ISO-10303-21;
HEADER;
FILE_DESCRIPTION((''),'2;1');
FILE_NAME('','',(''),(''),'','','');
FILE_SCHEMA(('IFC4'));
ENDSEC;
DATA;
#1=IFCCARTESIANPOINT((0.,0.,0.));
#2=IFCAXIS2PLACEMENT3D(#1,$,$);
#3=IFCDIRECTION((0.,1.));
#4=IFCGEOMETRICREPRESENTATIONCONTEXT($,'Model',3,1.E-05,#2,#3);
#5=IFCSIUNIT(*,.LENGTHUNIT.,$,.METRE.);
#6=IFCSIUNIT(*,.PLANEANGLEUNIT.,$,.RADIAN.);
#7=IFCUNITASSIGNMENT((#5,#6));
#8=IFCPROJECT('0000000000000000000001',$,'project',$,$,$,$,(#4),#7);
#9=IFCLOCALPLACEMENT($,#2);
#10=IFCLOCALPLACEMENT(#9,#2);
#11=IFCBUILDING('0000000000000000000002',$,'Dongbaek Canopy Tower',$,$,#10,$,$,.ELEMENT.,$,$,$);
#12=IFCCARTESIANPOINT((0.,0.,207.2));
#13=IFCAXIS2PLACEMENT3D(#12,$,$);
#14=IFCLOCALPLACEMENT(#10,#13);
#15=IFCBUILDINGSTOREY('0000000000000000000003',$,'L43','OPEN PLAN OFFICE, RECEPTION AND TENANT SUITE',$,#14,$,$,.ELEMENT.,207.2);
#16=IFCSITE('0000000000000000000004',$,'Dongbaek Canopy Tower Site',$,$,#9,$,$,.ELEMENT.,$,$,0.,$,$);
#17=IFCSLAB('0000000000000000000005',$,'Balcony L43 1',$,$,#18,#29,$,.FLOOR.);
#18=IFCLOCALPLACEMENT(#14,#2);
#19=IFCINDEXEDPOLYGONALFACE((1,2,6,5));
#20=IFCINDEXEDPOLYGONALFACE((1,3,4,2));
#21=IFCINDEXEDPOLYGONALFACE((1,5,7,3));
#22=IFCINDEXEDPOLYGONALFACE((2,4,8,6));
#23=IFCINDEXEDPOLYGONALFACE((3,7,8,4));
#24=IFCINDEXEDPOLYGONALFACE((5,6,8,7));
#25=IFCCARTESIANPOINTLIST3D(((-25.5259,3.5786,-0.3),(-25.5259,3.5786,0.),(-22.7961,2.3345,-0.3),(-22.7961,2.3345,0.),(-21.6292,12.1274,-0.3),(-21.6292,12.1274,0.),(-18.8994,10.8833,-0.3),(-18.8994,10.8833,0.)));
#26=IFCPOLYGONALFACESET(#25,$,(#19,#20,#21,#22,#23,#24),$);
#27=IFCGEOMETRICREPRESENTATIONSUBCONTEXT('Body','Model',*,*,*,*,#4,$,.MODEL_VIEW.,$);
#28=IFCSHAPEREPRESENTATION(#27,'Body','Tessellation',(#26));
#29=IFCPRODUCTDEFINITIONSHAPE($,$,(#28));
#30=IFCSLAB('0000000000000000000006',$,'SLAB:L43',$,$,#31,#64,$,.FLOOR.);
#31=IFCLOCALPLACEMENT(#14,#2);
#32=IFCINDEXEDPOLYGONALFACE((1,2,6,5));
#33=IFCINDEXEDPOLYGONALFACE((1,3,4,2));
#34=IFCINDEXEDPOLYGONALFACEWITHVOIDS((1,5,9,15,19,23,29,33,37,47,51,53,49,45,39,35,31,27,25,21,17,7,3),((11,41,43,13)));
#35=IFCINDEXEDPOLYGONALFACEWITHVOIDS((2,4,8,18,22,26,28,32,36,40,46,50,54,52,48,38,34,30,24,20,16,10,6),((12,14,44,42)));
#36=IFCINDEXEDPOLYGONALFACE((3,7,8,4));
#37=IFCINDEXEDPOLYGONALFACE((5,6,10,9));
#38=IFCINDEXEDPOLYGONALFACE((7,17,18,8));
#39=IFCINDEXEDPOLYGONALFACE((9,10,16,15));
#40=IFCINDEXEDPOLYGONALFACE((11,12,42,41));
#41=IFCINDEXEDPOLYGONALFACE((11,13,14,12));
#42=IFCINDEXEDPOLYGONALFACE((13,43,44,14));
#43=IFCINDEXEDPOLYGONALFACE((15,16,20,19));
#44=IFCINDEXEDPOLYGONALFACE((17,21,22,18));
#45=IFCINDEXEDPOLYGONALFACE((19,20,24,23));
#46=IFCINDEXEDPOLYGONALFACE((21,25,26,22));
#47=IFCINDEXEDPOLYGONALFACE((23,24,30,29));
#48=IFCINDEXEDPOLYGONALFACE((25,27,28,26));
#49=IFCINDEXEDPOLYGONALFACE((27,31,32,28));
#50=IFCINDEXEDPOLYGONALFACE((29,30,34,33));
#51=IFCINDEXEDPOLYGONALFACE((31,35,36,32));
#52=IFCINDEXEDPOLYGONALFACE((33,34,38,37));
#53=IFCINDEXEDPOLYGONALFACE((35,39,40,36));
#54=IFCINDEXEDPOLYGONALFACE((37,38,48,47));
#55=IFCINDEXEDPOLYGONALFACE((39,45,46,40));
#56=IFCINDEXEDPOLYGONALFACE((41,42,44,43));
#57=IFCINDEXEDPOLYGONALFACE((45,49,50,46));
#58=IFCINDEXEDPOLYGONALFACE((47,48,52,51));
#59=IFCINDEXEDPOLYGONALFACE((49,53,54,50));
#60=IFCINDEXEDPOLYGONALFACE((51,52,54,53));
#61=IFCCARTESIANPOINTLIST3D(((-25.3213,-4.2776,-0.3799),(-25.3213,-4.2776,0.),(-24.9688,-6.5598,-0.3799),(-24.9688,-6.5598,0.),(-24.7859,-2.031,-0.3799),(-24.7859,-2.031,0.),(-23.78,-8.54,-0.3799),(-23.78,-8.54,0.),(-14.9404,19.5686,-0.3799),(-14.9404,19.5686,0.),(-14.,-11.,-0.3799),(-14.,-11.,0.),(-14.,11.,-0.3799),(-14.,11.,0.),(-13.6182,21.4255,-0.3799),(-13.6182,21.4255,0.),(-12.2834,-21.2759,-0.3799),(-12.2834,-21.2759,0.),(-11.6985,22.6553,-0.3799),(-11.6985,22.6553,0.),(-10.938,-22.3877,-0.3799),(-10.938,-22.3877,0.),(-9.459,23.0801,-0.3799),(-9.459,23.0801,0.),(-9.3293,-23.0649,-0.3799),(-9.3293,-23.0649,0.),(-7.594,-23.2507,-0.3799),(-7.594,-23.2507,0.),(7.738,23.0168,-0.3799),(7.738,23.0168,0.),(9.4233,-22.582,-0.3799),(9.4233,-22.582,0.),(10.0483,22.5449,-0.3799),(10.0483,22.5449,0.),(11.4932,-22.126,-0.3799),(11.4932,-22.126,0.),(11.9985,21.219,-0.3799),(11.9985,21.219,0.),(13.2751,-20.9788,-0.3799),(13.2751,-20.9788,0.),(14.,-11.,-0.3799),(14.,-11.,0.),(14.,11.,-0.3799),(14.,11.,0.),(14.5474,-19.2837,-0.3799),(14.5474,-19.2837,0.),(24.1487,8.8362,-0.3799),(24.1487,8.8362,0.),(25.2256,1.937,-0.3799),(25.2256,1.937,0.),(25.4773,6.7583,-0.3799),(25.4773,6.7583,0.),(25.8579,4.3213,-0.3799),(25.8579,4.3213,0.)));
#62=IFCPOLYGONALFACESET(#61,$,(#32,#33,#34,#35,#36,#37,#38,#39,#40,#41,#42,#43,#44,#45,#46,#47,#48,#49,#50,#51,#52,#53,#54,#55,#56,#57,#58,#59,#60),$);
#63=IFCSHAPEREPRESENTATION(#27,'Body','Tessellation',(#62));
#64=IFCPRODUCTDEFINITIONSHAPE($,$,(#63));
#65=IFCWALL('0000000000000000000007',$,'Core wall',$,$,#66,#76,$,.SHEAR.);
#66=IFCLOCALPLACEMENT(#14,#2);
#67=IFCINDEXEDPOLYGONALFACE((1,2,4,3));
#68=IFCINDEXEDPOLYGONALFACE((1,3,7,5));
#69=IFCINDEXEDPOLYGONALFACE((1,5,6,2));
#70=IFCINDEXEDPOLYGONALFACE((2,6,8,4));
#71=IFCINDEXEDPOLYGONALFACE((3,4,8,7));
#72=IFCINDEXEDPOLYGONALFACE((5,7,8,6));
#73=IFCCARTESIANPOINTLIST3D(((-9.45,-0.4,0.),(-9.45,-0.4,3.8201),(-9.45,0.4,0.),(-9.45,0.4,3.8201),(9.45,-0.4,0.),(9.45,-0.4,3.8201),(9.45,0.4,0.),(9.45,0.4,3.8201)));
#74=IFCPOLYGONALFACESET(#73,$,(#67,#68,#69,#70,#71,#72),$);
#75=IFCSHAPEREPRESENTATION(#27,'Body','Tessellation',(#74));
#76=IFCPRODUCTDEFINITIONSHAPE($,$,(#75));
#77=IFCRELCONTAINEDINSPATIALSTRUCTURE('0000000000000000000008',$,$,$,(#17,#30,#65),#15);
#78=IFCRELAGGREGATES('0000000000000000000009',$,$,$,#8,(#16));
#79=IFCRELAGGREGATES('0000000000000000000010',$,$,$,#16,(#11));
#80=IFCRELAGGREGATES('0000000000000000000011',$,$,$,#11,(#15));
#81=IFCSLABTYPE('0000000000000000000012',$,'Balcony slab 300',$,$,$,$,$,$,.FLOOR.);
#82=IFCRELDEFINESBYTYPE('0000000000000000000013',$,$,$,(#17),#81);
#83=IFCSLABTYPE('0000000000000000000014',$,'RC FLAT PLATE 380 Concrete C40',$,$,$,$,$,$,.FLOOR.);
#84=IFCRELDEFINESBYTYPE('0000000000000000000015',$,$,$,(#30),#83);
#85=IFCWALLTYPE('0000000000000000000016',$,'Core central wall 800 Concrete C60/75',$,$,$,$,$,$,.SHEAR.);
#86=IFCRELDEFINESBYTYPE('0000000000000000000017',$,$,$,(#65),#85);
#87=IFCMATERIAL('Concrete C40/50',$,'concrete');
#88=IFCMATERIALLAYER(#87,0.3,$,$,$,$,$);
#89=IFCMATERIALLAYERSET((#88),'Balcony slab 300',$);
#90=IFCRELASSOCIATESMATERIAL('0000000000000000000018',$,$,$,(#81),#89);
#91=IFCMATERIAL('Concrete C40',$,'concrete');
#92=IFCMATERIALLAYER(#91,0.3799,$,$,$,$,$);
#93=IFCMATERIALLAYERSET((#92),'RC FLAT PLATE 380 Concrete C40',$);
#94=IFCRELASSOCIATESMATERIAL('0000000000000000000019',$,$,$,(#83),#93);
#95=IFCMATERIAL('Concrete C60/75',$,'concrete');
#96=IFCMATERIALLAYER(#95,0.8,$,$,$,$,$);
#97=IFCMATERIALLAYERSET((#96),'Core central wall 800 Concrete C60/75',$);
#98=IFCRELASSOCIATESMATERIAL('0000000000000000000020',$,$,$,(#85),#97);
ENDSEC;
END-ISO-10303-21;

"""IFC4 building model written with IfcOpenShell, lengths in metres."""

from ifc_helpers import new_model, si_unit, direction, frame, frame_2d, origin, place, context, subcontext, project, spatial, polyline, rectangle, outline, extrude, material, layer, layer_set, type_object, element, save


model = new_model("IFC4")

# Units and contexts
model_context = context("Model", 3, precision=1e-05, world=origin(), true_north=direction((0.0, 1.0)))
body_context = subcontext(model_context, "Body", "Model", "MODEL_VIEW")
ifc_project = project(units=[si_unit("LENGTHUNIT", "METRE"), si_unit("PLANEANGLEUNIT", "RADIAN")], contexts=[model_context])

# Site, building, storey
site_placement = place(None, origin())
site = spatial("IfcSite", under=ifc_project, at=site_placement, Name="Dongbaek Canopy Tower Site", CompositionType="ELEMENT", RefElevation=0.0)
building_placement = place(site_placement, origin())
building = spatial("IfcBuilding", under=site, at=building_placement, Name="Dongbaek Canopy Tower", CompositionType="ELEMENT")
storey_placement = place(building_placement, frame((0.0, 0.0, 207.2)))
storey = spatial("IfcBuildingStorey", under=building, at=storey_placement, Name="L43", Description="OPEN PLAN OFFICE, RECEPTION AND TENANT SUITE", CompositionType="ELEMENT", Elevation=207.2)

# Slabs
ifc_material_1 = material(Name="Concrete C40/50", Category="concrete")
ifc_layer_1 = layer(ifc_material_1, 0.3)
ifc_layer_set_1 = layer_set([ifc_layer_1], Name="Balcony slab 300")
slab_type_1 = type_object("IfcSlabType", Name="Balcony slab 300", PredefinedType="FLOOR", material=ifc_layer_set_1)
slab_1_placement = place(storey_placement, frame((0.0, 0.0, -0.3)))
element("IfcSlab", 1, at=slab_1_placement, inside=storey, type_object=slab_type_1, Name="Balcony L43 1", PredefinedType="FLOOR", context=body_context, shape_type="SweptSolid", body=[
    extrude(outline(polyline([(-18.8994, 10.8833), (-22.7961, 2.3345), (-25.5259, 3.5786), (-21.6292, 12.1274), (-18.8994, 10.8833)])), origin(), (0.0, 0.0, 1.0), 0.3),
])
ifc_material_2 = material(Name="Concrete C40", Category="concrete")
ifc_layer_2 = layer(ifc_material_2, 0.3799)
ifc_layer_set_2 = layer_set([ifc_layer_2], Name="RC FLAT PLATE 380 Concrete C40")
slab_type_2 = type_object("IfcSlabType", Name="RC FLAT PLATE 380 Concrete C40", PredefinedType="FLOOR", material=ifc_layer_set_2)
slab_2_placement = place(storey_placement, frame((0.0, 0.0, -0.3799)))
element("IfcSlab", 2, at=slab_2_placement, inside=storey, type_object=slab_type_2, Name="SLAB:L43", PredefinedType="FLOOR", context=body_context, shape_type="SweptSolid", body=[
    extrude(outline(polyline([(14.5474, -19.2837), (13.2751, -20.9788), (11.4932, -22.126), (9.4233, -22.582), (-7.594, -23.2507), (-9.3293, -23.0649), (-10.938, -22.3877), (-12.2834, -21.2759), (-23.78, -8.54), (-24.9688, -6.5598), (-25.3213, -4.2776), (-24.7859, -2.031), (-14.9404, 19.5686), (-13.6182, 21.4255), (-11.6985, 22.6553), (-9.459, 23.0801), (7.738, 23.0168), (10.0483, 22.5449), (11.9985, 21.219), (24.1487, 8.8362), (25.4773, 6.7583), (25.8579, 4.3213), (25.2256, 1.937), (14.5474, -19.2837)]), holes=[polyline([(14.0, 11.0), (-14.0, 11.0), (-14.0, -11.0), (14.0, -11.0), (14.0, 11.0)])]), origin(), (0.0, 0.0, 1.0), 0.3799),
])

# Wall
ifc_material_3 = material(Name="Concrete C60/75", Category="concrete")
ifc_layer_3 = layer(ifc_material_3, 0.8)
ifc_layer_set_3 = layer_set([ifc_layer_3], Name="Core central wall 800 Concrete C60/75")
wall_type_1 = type_object("IfcWallType", Name="Core central wall 800 Concrete C60/75", PredefinedType="SHEAR", material=ifc_layer_set_3)
wall_1_placement = place(storey_placement, frame((-9.45, 0.0, 0.0), z_axis=(0.0, 0.0, 1.0), x_axis=(1.0, 0.0, 0.0)))
element("IfcWall", 3, at=wall_1_placement, inside=storey, type_object=wall_type_1, Name="Core wall", PredefinedType="SHEAR", context=body_context, shape_type="SweptSolid", body=[
    extrude(rectangle(XDim=18.8999, YDim=0.8, at=frame_2d((9.45, 0.0))), origin(), (0.0, 0.0, 1.0), 3.8201),
])

save(model, "model.ifc")
